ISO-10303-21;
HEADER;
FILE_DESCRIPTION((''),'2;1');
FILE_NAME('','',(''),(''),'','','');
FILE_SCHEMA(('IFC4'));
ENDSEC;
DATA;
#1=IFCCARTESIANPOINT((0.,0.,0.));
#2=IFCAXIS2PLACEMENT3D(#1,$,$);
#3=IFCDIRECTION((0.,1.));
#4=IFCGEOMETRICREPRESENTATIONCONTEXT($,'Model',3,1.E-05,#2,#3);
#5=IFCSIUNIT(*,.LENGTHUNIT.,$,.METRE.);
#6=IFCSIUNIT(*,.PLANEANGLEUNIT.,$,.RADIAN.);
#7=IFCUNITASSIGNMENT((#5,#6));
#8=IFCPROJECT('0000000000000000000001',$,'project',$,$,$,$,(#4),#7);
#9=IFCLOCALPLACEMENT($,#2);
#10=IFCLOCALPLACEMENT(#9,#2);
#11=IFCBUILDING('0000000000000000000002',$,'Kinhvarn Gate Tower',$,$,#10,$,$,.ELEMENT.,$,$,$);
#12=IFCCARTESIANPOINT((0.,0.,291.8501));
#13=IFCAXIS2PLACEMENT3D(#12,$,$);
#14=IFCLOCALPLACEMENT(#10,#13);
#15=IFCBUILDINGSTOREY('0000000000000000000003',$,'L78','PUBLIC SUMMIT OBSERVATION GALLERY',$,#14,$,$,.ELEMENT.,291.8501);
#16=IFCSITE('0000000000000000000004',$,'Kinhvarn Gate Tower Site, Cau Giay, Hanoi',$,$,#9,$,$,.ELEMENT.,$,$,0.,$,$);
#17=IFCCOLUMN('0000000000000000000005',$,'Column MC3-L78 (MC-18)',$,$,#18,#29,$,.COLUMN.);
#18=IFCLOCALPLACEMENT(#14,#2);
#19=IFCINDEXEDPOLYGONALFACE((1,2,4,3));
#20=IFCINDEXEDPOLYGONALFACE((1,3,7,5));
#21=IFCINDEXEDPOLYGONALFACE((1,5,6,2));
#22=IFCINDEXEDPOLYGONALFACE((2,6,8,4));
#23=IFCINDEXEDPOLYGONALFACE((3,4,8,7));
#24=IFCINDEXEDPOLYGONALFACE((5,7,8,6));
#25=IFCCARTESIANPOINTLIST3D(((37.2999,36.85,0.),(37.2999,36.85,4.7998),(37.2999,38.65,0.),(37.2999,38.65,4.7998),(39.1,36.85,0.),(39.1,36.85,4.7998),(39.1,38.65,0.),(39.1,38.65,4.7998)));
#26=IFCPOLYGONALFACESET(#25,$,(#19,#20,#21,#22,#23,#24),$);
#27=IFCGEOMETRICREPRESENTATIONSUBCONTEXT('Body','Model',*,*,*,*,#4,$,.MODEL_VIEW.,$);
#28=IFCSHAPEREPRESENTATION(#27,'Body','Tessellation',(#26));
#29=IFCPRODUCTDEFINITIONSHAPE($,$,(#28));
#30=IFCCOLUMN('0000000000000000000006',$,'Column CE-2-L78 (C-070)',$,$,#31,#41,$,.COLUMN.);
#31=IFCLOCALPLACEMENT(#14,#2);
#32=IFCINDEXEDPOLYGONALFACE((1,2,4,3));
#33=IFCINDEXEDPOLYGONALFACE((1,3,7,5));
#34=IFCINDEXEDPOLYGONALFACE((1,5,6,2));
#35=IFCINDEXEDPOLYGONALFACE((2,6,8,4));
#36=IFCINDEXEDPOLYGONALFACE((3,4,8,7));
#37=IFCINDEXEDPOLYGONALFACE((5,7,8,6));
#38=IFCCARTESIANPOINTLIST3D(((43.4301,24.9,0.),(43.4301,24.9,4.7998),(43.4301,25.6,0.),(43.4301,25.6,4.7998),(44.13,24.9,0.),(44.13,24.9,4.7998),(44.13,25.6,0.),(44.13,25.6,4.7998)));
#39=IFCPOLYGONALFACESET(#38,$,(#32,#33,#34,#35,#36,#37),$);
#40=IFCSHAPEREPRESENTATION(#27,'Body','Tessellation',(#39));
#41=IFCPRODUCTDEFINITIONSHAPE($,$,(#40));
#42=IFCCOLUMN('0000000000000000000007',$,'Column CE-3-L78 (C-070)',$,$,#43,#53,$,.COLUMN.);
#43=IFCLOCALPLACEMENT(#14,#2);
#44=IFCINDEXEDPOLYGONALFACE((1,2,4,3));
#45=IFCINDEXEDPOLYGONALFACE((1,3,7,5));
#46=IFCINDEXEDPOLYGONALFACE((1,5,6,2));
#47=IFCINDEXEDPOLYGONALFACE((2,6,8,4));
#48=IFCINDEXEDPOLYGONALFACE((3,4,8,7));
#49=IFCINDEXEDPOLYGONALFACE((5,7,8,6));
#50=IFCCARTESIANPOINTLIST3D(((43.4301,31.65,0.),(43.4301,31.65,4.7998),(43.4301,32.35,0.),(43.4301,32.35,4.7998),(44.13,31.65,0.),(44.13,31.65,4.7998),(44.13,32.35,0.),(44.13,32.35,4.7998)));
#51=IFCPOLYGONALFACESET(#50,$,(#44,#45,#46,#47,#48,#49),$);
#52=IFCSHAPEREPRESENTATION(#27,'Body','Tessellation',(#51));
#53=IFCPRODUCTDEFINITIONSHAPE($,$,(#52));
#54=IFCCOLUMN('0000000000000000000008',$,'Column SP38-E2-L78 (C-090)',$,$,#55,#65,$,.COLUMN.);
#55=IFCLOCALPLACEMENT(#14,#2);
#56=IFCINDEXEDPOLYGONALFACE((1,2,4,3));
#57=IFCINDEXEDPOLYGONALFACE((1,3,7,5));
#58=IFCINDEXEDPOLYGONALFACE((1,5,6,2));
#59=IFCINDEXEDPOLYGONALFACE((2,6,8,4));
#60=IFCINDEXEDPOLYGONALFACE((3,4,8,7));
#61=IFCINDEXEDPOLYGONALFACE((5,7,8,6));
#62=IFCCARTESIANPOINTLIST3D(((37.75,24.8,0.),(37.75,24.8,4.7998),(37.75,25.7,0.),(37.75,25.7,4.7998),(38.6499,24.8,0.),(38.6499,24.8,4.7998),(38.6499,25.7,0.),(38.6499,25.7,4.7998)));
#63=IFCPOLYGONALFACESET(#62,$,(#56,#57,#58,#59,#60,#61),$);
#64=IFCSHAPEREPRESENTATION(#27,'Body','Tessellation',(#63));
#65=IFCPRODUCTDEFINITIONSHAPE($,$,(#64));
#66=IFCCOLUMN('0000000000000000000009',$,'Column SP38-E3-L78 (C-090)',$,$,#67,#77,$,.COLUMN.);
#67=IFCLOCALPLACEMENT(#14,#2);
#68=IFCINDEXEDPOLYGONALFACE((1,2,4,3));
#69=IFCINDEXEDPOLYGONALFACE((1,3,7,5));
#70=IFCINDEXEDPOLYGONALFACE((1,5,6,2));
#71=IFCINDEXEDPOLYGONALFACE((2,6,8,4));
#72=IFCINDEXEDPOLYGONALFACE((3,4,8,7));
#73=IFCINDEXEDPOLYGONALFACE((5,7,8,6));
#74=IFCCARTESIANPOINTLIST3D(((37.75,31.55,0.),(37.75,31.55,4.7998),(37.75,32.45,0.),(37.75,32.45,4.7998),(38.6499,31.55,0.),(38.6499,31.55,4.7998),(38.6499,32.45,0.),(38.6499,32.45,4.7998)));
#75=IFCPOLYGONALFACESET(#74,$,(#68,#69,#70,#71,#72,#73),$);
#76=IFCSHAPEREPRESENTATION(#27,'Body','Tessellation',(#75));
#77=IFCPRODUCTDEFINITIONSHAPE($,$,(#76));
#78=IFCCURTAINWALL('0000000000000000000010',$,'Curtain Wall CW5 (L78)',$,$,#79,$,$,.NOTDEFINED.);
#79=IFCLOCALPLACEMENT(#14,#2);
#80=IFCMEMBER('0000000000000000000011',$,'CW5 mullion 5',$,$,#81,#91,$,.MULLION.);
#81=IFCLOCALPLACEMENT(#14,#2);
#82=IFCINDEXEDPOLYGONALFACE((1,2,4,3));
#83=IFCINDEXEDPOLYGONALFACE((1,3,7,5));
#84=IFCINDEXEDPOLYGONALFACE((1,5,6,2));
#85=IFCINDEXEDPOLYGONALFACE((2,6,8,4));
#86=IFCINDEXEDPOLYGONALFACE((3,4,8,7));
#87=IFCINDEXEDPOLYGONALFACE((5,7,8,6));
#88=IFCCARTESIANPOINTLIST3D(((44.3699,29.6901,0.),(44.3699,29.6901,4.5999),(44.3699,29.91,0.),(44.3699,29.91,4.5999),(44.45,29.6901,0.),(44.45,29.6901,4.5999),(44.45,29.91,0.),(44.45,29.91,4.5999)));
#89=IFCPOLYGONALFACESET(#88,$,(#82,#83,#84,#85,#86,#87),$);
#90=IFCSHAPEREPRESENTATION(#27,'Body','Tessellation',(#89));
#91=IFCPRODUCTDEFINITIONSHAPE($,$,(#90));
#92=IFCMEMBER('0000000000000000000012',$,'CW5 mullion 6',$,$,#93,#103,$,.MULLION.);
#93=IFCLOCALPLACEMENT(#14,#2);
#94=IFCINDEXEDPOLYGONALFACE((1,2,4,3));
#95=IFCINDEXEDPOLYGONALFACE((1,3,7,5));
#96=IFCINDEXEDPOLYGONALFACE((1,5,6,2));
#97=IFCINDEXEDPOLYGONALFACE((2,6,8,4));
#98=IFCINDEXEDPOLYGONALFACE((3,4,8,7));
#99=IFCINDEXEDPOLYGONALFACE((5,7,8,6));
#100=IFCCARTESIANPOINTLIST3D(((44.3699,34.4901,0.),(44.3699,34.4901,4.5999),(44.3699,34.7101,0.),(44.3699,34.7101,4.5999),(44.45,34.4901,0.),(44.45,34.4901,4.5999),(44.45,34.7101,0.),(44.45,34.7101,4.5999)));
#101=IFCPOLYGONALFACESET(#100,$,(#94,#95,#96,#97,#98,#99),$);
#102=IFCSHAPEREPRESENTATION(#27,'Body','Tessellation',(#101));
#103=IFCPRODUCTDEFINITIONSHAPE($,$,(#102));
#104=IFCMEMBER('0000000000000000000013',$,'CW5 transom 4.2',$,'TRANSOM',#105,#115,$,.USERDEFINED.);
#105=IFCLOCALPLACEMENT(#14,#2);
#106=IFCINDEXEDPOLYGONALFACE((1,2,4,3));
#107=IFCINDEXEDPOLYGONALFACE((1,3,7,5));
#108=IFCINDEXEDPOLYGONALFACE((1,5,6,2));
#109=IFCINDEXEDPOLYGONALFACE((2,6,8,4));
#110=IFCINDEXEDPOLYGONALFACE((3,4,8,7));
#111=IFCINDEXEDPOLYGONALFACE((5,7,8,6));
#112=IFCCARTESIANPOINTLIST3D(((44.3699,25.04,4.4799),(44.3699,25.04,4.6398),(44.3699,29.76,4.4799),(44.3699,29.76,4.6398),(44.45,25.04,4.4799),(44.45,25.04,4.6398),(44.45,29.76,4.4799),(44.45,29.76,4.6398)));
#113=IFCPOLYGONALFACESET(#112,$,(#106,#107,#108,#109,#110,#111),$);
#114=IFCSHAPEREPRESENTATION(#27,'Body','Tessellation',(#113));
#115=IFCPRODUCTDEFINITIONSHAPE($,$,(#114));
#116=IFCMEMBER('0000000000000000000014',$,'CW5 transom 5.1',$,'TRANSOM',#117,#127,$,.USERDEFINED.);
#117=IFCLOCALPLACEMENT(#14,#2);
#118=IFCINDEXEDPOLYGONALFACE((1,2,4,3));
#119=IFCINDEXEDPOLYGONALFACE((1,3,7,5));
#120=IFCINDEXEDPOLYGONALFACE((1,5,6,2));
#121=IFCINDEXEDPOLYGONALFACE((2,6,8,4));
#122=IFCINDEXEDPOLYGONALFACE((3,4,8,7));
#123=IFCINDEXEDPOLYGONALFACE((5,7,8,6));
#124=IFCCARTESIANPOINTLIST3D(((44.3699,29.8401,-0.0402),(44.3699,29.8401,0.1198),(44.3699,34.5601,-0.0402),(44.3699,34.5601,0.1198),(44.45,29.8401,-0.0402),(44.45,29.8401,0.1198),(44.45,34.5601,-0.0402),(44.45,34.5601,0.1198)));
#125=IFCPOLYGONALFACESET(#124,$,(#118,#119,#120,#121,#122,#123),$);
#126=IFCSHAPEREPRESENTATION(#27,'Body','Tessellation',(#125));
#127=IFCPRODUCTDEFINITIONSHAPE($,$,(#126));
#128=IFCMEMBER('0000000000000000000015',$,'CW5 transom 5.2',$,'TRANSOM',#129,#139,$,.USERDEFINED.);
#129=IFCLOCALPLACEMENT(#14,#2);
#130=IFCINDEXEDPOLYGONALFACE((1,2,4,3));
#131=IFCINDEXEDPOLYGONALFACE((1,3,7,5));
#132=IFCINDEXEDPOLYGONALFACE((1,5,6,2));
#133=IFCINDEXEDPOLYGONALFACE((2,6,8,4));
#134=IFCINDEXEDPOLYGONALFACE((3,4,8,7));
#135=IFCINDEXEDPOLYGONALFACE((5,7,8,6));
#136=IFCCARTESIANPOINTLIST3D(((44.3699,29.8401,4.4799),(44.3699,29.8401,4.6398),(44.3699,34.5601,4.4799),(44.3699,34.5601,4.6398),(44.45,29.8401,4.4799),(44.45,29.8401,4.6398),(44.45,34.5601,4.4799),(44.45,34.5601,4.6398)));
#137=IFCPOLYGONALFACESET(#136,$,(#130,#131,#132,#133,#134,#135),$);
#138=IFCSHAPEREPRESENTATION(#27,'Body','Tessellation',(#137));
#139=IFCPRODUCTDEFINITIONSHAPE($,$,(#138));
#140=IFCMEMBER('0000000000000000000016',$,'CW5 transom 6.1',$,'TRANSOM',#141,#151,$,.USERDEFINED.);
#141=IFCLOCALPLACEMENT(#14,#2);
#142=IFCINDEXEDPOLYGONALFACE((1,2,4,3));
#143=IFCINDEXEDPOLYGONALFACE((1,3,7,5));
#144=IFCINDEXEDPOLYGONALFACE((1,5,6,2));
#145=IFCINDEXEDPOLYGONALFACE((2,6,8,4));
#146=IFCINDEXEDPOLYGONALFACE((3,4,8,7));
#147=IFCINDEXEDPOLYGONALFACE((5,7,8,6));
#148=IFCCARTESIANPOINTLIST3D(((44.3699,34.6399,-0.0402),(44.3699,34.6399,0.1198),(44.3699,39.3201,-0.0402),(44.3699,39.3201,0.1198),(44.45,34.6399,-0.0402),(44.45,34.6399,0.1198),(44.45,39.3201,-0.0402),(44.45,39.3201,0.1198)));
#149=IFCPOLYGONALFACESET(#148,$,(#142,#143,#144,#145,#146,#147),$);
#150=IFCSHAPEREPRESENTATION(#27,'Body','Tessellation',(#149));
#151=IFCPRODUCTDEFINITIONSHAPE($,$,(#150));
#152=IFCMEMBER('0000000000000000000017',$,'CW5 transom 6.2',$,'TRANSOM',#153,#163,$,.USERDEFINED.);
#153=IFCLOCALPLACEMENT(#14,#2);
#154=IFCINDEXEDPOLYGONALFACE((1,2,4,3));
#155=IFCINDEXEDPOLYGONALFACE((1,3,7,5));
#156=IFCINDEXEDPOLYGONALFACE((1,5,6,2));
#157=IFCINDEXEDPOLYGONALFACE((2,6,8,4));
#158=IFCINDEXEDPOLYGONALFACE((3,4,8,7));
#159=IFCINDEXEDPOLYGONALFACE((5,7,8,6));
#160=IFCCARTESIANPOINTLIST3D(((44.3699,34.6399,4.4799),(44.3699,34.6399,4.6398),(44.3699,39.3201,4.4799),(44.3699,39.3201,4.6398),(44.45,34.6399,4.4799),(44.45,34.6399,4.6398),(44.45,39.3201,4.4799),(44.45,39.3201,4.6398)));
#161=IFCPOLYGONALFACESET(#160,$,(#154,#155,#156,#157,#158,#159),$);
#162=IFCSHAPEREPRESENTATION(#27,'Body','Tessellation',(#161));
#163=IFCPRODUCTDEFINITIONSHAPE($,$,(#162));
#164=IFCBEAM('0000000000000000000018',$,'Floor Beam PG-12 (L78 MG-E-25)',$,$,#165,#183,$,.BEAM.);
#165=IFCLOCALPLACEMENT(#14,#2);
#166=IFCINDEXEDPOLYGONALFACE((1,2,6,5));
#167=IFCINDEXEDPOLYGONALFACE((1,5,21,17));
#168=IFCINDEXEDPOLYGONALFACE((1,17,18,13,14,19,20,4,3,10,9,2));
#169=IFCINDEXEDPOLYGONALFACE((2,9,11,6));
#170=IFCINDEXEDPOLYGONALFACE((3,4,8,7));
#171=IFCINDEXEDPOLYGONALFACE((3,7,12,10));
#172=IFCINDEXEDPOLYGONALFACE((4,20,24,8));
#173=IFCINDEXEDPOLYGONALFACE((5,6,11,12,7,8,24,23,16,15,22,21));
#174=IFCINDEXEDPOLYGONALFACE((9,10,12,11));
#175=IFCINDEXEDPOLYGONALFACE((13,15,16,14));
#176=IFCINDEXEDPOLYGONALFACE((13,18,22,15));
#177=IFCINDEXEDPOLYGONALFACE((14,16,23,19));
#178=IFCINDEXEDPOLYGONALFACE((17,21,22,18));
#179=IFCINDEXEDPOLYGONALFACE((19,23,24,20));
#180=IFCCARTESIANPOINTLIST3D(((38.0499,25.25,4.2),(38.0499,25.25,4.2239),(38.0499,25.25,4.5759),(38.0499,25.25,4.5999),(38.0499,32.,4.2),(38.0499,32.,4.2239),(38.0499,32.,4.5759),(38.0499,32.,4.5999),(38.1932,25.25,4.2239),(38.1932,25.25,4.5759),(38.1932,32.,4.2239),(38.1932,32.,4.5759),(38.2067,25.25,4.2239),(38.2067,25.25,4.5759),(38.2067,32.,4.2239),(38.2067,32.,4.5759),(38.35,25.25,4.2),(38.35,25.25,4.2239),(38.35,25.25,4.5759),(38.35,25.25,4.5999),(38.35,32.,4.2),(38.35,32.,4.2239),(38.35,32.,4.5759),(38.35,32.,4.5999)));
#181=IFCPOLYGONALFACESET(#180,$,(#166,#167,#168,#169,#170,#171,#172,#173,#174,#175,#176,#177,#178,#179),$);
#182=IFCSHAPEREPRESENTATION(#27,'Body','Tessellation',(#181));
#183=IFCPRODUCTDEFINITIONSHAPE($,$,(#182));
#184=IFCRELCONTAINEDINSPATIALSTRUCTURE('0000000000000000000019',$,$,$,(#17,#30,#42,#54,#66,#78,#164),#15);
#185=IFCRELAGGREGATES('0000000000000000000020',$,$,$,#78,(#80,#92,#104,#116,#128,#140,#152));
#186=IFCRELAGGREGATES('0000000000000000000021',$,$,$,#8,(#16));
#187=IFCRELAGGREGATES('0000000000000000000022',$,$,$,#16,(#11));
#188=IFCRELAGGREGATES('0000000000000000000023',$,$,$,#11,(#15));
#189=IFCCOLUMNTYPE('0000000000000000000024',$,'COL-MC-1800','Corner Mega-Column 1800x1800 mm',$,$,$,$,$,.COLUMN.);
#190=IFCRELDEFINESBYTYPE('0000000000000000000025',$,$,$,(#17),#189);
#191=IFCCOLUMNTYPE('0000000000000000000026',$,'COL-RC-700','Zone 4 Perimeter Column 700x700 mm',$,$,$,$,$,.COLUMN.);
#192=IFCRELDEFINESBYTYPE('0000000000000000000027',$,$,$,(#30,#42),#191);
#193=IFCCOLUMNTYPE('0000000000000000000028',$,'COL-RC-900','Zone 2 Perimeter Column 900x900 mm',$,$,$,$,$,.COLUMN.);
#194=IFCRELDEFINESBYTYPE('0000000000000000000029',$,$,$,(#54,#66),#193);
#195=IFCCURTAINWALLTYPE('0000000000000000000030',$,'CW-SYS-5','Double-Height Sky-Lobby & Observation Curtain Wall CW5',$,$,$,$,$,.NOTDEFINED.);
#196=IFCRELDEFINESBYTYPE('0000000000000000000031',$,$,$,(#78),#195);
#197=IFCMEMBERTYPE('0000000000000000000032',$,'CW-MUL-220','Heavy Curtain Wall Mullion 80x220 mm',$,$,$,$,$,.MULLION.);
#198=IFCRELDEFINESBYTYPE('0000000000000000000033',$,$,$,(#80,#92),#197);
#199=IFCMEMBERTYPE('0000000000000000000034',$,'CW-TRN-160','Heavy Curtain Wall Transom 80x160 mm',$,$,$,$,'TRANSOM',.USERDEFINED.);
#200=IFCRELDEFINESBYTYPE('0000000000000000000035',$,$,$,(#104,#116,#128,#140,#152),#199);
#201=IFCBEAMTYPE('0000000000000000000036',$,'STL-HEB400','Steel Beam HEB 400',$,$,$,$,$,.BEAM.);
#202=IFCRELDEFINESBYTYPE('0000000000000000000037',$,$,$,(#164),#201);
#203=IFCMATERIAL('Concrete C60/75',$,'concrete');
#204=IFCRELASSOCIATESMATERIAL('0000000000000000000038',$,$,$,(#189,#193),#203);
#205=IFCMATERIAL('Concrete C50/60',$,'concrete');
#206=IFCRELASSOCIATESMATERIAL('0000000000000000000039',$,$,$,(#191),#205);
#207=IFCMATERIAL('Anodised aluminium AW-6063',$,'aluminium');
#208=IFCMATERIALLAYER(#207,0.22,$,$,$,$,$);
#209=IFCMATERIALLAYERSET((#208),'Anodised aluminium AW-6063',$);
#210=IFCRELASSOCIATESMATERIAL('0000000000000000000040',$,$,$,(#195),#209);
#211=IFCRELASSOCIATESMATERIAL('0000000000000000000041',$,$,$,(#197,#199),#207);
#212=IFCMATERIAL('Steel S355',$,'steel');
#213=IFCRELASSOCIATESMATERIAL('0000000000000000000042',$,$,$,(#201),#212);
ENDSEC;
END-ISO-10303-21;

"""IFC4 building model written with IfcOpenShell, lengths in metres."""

from ifc_helpers import new_model, si_unit, direction, frame, origin, origin_2d, place, context, subcontext, project, spatial, rectangle, i_section, extrude, material, layer, layer_set, material_profile, profile_set, type_object, element, aggregate, save


model = new_model("IFC4")

# Units and contexts
model_context = context("Model", 3, precision=1e-05, world=origin(), true_north=direction((0.0, 1.0)))
body_context = subcontext(model_context, "Body", "Model", "MODEL_VIEW")
ifc_project = project(units=[si_unit("LENGTHUNIT", "METRE"), si_unit("PLANEANGLEUNIT", "RADIAN")], contexts=[model_context])

# Site, building, storey
site_placement = place(None, origin())
site = spatial("IfcSite", under=ifc_project, at=site_placement, Name="Kinhvarn Gate Tower Site, Cau Giay, Hanoi", CompositionType="ELEMENT", RefElevation=0.0)
building_placement = place(site_placement, origin())
building = spatial("IfcBuilding", under=site, at=building_placement, Name="Kinhvarn Gate Tower", CompositionType="ELEMENT")
storey_placement = place(building_placement, frame((0.0, 0.0, 291.8501)))
storey = spatial("IfcBuildingStorey", under=building, at=storey_placement, Name="L78", Description="PUBLIC SUMMIT OBSERVATION GALLERY", CompositionType="ELEMENT", Elevation=291.8501)

# Columns
ifc_material_1 = material(Name="Concrete C60/75", Category="concrete")
ifc_material_profile_1 = material_profile(ifc_material_1, rectangle(XDim=1.8, YDim=1.8, at=origin_2d()), Name="RC 1800x1800")
ifc_profile_set_1 = profile_set([ifc_material_profile_1], Name="Concrete C60/75")
column_type_1 = type_object("IfcColumnType", Name="COL-MC-1800", Description="Corner Mega-Column 1800x1800 mm", PredefinedType="COLUMN", material=ifc_profile_set_1)
column_placement = place(storey_placement, frame((38.2, 37.75, 0.0), z_axis=(0.0, 0.0, 1.0), x_axis=(1.0, 0.0, 0.0)))
element("IfcColumn", 1, at=column_placement, inside=storey, type_object=column_type_1, Name="Column MC3-L78 (MC-18)", PredefinedType="COLUMN", context=body_context, shape_type="SweptSolid", body=[
    extrude(rectangle(XDim=1.8, YDim=1.8, at=origin_2d()), origin(), (0.0, 0.0, 1.0), 4.7998),
])
ifc_material_2 = material(Name="Concrete C50/60", Category="concrete")
ifc_material_profile_2 = material_profile(ifc_material_2, rectangle(XDim=0.7, YDim=0.7, at=origin_2d()), Name="RC 700x700")
ifc_profile_set_2 = profile_set([ifc_material_profile_2], Name="Concrete C50/60")
column_type_2 = type_object("IfcColumnType", Name="COL-RC-700", Description="Zone 4 Perimeter Column 700x700 mm", PredefinedType="COLUMN", material=ifc_profile_set_2)
for number, where, z_axis, x_axis, name in (
    (2, (43.78, 25.25, 0.0), (0.0, 0.0, 1.0), (1.0, 0.0, 0.0), "Column CE-2-L78 (C-070)"),
    (3, (43.78, 32.0, 0.0), (0.0, 0.0, 1.0), (1.0, 0.0, 0.0), "Column CE-3-L78 (C-070)"),
):
    element("IfcColumn", number, at=place(storey_placement, frame(where, z_axis=z_axis, x_axis=x_axis)), inside=storey, type_object=column_type_2, Name=name, PredefinedType="COLUMN", context=body_context, shape_type="SweptSolid", body=[
        extrude(rectangle(XDim=0.7, YDim=0.7, at=origin_2d()), origin(), (0.0, 0.0, 1.0), 4.7998),
    ])
ifc_material_profile_3 = material_profile(ifc_material_1, rectangle(XDim=0.8999, YDim=0.8999, at=origin_2d()), Name="RC 900x900")
ifc_profile_set_3 = profile_set([ifc_material_profile_3], Name="Concrete C60/75")
column_type_3 = type_object("IfcColumnType", Name="COL-RC-900", Description="Zone 2 Perimeter Column 900x900 mm", PredefinedType="COLUMN", material=ifc_profile_set_3)
for number, where, z_axis, x_axis, name in (
    (4, (38.2, 25.25, 0.0), (0.0, 0.0, 1.0), (1.0, 0.0, 0.0), "Column SP38-E2-L78 (C-090)"),
    (5, (38.2, 32.0, 0.0), (0.0, 0.0, 1.0), (1.0, 0.0, 0.0), "Column SP38-E3-L78 (C-090)"),
):
    element("IfcColumn", number, at=place(storey_placement, frame(where, z_axis=z_axis, x_axis=x_axis)), inside=storey, type_object=column_type_3, Name=name, PredefinedType="COLUMN", context=body_context, shape_type="SweptSolid", body=[
        extrude(rectangle(XDim=0.8999, YDim=0.8999, at=origin_2d()), origin(), (0.0, 0.0, 1.0), 4.7998),
    ])

# Curtain wall, members
ifc_material_3 = material(Name="Anodised aluminium AW-6063", Category="aluminium")
ifc_layer_1 = layer(ifc_material_3, 0.22)
ifc_layer_set_1 = layer_set([ifc_layer_1], Name="Anodised aluminium AW-6063")
curtain_wall_type = type_object("IfcCurtainWallType", Name="CW-SYS-5", Description="Double-Height Sky-Lobby & Observation Curtain Wall CW5", PredefinedType="NOTDEFINED", material=ifc_layer_set_1)
curtain_wall_placement = place(storey_placement, origin())
curtain_wall = element("IfcCurtainWall", 6, at=curtain_wall_placement, inside=storey, type_object=curtain_wall_type, Name="Curtain Wall CW5 (L78)", PredefinedType="NOTDEFINED")
ifc_material_profile_4 = material_profile(ifc_material_3, rectangle(XDim=0.0801, YDim=0.22, at=origin_2d()), Name="ALU 80x220")
ifc_profile_set_4 = profile_set([ifc_material_profile_4], Name="Anodised aluminium AW-6063")
member_type_1 = type_object("IfcMemberType", Name="CW-MUL-220", Description="Heavy Curtain Wall Mullion 80x220 mm", PredefinedType="MULLION", material=ifc_profile_set_4)
member_1_placement = place(storey_placement, frame((44.4099, 29.8, 0.0), z_axis=(0.0, 0.0, 1.0), x_axis=(-1.0, 0.0, 0.0)))
member_1 = element("IfcMember", 7, at=member_1_placement, type_object=member_type_1, Name="CW5 mullion 5", PredefinedType="MULLION", context=body_context, shape_type="SweptSolid", body=[
    extrude(rectangle(XDim=0.0801, YDim=0.22, at=origin_2d()), origin(), (0.0, 0.0, 1.0), 4.5999),
])
member_2_placement = place(storey_placement, frame((44.4099, 34.6001, 0.0), z_axis=(0.0, 0.0, 1.0), x_axis=(-1.0, 0.0, 0.0)))
member_2 = element("IfcMember", 8, at=member_2_placement, type_object=member_type_1, Name="CW5 mullion 6", PredefinedType="MULLION", context=body_context, shape_type="SweptSolid", body=[
    extrude(rectangle(XDim=0.0801, YDim=0.22, at=origin_2d()), origin(), (0.0, 0.0, 1.0), 4.5999),
])
ifc_material_profile_5 = material_profile(ifc_material_3, rectangle(XDim=0.0801, YDim=0.1599, at=origin_2d()), Name="ALU 80x160")
ifc_profile_set_5 = profile_set([ifc_material_profile_5], Name="Anodised aluminium AW-6063")
member_type_2 = type_object("IfcMemberType", Name="CW-TRN-160", Description="Heavy Curtain Wall Transom 80x160 mm", ElementType="TRANSOM", PredefinedType="USERDEFINED", material=ifc_profile_set_5)
member_3_placement = place(storey_placement, frame((44.4099, 25.04, 4.5598), z_axis=(0.0, 1.0, 0.0), x_axis=(-1.0, 0.0, 0.0)))
member_3 = element("IfcMember", 9, at=member_3_placement, type_object=member_type_2, Name="CW5 transom 4.2", ObjectType="TRANSOM", PredefinedType="USERDEFINED", context=body_context, shape_type="SweptSolid", body=[
    extrude(rectangle(XDim=0.0801, YDim=0.1599, at=origin_2d()), origin(), (0.0, 0.0, 1.0), 4.72),
])
member_4_placement = place(storey_placement, frame((44.4099, 29.8401, 0.0398), z_axis=(0.0, 1.0, 0.0), x_axis=(-1.0, 0.0, 0.0)))
member_4 = element("IfcMember", 10, at=member_4_placement, type_object=member_type_2, Name="CW5 transom 5.1", ObjectType="TRANSOM", PredefinedType="USERDEFINED", context=body_context, shape_type="SweptSolid", body=[
    extrude(rectangle(XDim=0.0801, YDim=0.1599, at=origin_2d()), origin(), (0.0, 0.0, 1.0), 4.72),
])
member_5_placement = place(storey_placement, frame((44.4099, 29.8401, 4.5598), z_axis=(0.0, 1.0, 0.0), x_axis=(-1.0, 0.0, 0.0)))
member_5 = element("IfcMember", 11, at=member_5_placement, type_object=member_type_2, Name="CW5 transom 5.2", ObjectType="TRANSOM", PredefinedType="USERDEFINED", context=body_context, shape_type="SweptSolid", body=[
    extrude(rectangle(XDim=0.0801, YDim=0.1599, at=origin_2d()), origin(), (0.0, 0.0, 1.0), 4.72),
])
member_6_placement = place(storey_placement, frame((44.4099, 34.6399, 0.0398), z_axis=(0.0, 1.0, 0.0), x_axis=(-1.0, 0.0, 0.0)))
member_6 = element("IfcMember", 12, at=member_6_placement, type_object=member_type_2, Name="CW5 transom 6.1", ObjectType="TRANSOM", PredefinedType="USERDEFINED", context=body_context, shape_type="SweptSolid", body=[
    extrude(rectangle(XDim=0.0801, YDim=0.1599, at=origin_2d()), origin(), (0.0, 0.0, 1.0), 4.6802),
])
member_7_placement = place(storey_placement, frame((44.4099, 34.6399, 4.5598), z_axis=(0.0, 1.0, 0.0), x_axis=(-1.0, 0.0, 0.0)))
member_7 = element("IfcMember", 13, at=member_7_placement, type_object=member_type_2, Name="CW5 transom 6.2", ObjectType="TRANSOM", PredefinedType="USERDEFINED", context=body_context, shape_type="SweptSolid", body=[
    extrude(rectangle(XDim=0.0801, YDim=0.1599, at=origin_2d()), origin(), (0.0, 0.0, 1.0), 4.6802),
])

# Beam
ifc_material_4 = material(Name="Steel S355", Category="steel")
ifc_material_profile_6 = material_profile(ifc_material_4, i_section(OverallWidth=0.3, OverallDepth=0.3999, WebThickness=0.0134, FlangeThickness=0.0239, at=origin_2d()), Name="HEB 400")
ifc_profile_set_6 = profile_set([ifc_material_profile_6], Name="Steel S355")
beam_type_1 = type_object("IfcBeamType", Name="STL-HEB400", Description="Steel Beam HEB 400", PredefinedType="BEAM", material=ifc_profile_set_6)
beam_1_placement = place(storey_placement, frame((38.2, 25.25, 4.3999), z_axis=(0.0, 1.0, 0.0), x_axis=(-1.0, 0.0, 0.0)))
element("IfcBeam", 14, at=beam_1_placement, inside=storey, type_object=beam_type_1, Name="Floor Beam PG-12 (L78 MG-E-25)", PredefinedType="BEAM", context=body_context, shape_type="SweptSolid", body=[
    extrude(i_section(OverallWidth=0.3, OverallDepth=0.3999, WebThickness=0.0134, FlangeThickness=0.0239, at=origin_2d()), origin(), (0.0, 0.0, 1.0), 6.75),
])

aggregate(curtain_wall, [member_1, member_2, member_3, member_4, member_5, member_6, member_7])

save(model, "model.ifc")
